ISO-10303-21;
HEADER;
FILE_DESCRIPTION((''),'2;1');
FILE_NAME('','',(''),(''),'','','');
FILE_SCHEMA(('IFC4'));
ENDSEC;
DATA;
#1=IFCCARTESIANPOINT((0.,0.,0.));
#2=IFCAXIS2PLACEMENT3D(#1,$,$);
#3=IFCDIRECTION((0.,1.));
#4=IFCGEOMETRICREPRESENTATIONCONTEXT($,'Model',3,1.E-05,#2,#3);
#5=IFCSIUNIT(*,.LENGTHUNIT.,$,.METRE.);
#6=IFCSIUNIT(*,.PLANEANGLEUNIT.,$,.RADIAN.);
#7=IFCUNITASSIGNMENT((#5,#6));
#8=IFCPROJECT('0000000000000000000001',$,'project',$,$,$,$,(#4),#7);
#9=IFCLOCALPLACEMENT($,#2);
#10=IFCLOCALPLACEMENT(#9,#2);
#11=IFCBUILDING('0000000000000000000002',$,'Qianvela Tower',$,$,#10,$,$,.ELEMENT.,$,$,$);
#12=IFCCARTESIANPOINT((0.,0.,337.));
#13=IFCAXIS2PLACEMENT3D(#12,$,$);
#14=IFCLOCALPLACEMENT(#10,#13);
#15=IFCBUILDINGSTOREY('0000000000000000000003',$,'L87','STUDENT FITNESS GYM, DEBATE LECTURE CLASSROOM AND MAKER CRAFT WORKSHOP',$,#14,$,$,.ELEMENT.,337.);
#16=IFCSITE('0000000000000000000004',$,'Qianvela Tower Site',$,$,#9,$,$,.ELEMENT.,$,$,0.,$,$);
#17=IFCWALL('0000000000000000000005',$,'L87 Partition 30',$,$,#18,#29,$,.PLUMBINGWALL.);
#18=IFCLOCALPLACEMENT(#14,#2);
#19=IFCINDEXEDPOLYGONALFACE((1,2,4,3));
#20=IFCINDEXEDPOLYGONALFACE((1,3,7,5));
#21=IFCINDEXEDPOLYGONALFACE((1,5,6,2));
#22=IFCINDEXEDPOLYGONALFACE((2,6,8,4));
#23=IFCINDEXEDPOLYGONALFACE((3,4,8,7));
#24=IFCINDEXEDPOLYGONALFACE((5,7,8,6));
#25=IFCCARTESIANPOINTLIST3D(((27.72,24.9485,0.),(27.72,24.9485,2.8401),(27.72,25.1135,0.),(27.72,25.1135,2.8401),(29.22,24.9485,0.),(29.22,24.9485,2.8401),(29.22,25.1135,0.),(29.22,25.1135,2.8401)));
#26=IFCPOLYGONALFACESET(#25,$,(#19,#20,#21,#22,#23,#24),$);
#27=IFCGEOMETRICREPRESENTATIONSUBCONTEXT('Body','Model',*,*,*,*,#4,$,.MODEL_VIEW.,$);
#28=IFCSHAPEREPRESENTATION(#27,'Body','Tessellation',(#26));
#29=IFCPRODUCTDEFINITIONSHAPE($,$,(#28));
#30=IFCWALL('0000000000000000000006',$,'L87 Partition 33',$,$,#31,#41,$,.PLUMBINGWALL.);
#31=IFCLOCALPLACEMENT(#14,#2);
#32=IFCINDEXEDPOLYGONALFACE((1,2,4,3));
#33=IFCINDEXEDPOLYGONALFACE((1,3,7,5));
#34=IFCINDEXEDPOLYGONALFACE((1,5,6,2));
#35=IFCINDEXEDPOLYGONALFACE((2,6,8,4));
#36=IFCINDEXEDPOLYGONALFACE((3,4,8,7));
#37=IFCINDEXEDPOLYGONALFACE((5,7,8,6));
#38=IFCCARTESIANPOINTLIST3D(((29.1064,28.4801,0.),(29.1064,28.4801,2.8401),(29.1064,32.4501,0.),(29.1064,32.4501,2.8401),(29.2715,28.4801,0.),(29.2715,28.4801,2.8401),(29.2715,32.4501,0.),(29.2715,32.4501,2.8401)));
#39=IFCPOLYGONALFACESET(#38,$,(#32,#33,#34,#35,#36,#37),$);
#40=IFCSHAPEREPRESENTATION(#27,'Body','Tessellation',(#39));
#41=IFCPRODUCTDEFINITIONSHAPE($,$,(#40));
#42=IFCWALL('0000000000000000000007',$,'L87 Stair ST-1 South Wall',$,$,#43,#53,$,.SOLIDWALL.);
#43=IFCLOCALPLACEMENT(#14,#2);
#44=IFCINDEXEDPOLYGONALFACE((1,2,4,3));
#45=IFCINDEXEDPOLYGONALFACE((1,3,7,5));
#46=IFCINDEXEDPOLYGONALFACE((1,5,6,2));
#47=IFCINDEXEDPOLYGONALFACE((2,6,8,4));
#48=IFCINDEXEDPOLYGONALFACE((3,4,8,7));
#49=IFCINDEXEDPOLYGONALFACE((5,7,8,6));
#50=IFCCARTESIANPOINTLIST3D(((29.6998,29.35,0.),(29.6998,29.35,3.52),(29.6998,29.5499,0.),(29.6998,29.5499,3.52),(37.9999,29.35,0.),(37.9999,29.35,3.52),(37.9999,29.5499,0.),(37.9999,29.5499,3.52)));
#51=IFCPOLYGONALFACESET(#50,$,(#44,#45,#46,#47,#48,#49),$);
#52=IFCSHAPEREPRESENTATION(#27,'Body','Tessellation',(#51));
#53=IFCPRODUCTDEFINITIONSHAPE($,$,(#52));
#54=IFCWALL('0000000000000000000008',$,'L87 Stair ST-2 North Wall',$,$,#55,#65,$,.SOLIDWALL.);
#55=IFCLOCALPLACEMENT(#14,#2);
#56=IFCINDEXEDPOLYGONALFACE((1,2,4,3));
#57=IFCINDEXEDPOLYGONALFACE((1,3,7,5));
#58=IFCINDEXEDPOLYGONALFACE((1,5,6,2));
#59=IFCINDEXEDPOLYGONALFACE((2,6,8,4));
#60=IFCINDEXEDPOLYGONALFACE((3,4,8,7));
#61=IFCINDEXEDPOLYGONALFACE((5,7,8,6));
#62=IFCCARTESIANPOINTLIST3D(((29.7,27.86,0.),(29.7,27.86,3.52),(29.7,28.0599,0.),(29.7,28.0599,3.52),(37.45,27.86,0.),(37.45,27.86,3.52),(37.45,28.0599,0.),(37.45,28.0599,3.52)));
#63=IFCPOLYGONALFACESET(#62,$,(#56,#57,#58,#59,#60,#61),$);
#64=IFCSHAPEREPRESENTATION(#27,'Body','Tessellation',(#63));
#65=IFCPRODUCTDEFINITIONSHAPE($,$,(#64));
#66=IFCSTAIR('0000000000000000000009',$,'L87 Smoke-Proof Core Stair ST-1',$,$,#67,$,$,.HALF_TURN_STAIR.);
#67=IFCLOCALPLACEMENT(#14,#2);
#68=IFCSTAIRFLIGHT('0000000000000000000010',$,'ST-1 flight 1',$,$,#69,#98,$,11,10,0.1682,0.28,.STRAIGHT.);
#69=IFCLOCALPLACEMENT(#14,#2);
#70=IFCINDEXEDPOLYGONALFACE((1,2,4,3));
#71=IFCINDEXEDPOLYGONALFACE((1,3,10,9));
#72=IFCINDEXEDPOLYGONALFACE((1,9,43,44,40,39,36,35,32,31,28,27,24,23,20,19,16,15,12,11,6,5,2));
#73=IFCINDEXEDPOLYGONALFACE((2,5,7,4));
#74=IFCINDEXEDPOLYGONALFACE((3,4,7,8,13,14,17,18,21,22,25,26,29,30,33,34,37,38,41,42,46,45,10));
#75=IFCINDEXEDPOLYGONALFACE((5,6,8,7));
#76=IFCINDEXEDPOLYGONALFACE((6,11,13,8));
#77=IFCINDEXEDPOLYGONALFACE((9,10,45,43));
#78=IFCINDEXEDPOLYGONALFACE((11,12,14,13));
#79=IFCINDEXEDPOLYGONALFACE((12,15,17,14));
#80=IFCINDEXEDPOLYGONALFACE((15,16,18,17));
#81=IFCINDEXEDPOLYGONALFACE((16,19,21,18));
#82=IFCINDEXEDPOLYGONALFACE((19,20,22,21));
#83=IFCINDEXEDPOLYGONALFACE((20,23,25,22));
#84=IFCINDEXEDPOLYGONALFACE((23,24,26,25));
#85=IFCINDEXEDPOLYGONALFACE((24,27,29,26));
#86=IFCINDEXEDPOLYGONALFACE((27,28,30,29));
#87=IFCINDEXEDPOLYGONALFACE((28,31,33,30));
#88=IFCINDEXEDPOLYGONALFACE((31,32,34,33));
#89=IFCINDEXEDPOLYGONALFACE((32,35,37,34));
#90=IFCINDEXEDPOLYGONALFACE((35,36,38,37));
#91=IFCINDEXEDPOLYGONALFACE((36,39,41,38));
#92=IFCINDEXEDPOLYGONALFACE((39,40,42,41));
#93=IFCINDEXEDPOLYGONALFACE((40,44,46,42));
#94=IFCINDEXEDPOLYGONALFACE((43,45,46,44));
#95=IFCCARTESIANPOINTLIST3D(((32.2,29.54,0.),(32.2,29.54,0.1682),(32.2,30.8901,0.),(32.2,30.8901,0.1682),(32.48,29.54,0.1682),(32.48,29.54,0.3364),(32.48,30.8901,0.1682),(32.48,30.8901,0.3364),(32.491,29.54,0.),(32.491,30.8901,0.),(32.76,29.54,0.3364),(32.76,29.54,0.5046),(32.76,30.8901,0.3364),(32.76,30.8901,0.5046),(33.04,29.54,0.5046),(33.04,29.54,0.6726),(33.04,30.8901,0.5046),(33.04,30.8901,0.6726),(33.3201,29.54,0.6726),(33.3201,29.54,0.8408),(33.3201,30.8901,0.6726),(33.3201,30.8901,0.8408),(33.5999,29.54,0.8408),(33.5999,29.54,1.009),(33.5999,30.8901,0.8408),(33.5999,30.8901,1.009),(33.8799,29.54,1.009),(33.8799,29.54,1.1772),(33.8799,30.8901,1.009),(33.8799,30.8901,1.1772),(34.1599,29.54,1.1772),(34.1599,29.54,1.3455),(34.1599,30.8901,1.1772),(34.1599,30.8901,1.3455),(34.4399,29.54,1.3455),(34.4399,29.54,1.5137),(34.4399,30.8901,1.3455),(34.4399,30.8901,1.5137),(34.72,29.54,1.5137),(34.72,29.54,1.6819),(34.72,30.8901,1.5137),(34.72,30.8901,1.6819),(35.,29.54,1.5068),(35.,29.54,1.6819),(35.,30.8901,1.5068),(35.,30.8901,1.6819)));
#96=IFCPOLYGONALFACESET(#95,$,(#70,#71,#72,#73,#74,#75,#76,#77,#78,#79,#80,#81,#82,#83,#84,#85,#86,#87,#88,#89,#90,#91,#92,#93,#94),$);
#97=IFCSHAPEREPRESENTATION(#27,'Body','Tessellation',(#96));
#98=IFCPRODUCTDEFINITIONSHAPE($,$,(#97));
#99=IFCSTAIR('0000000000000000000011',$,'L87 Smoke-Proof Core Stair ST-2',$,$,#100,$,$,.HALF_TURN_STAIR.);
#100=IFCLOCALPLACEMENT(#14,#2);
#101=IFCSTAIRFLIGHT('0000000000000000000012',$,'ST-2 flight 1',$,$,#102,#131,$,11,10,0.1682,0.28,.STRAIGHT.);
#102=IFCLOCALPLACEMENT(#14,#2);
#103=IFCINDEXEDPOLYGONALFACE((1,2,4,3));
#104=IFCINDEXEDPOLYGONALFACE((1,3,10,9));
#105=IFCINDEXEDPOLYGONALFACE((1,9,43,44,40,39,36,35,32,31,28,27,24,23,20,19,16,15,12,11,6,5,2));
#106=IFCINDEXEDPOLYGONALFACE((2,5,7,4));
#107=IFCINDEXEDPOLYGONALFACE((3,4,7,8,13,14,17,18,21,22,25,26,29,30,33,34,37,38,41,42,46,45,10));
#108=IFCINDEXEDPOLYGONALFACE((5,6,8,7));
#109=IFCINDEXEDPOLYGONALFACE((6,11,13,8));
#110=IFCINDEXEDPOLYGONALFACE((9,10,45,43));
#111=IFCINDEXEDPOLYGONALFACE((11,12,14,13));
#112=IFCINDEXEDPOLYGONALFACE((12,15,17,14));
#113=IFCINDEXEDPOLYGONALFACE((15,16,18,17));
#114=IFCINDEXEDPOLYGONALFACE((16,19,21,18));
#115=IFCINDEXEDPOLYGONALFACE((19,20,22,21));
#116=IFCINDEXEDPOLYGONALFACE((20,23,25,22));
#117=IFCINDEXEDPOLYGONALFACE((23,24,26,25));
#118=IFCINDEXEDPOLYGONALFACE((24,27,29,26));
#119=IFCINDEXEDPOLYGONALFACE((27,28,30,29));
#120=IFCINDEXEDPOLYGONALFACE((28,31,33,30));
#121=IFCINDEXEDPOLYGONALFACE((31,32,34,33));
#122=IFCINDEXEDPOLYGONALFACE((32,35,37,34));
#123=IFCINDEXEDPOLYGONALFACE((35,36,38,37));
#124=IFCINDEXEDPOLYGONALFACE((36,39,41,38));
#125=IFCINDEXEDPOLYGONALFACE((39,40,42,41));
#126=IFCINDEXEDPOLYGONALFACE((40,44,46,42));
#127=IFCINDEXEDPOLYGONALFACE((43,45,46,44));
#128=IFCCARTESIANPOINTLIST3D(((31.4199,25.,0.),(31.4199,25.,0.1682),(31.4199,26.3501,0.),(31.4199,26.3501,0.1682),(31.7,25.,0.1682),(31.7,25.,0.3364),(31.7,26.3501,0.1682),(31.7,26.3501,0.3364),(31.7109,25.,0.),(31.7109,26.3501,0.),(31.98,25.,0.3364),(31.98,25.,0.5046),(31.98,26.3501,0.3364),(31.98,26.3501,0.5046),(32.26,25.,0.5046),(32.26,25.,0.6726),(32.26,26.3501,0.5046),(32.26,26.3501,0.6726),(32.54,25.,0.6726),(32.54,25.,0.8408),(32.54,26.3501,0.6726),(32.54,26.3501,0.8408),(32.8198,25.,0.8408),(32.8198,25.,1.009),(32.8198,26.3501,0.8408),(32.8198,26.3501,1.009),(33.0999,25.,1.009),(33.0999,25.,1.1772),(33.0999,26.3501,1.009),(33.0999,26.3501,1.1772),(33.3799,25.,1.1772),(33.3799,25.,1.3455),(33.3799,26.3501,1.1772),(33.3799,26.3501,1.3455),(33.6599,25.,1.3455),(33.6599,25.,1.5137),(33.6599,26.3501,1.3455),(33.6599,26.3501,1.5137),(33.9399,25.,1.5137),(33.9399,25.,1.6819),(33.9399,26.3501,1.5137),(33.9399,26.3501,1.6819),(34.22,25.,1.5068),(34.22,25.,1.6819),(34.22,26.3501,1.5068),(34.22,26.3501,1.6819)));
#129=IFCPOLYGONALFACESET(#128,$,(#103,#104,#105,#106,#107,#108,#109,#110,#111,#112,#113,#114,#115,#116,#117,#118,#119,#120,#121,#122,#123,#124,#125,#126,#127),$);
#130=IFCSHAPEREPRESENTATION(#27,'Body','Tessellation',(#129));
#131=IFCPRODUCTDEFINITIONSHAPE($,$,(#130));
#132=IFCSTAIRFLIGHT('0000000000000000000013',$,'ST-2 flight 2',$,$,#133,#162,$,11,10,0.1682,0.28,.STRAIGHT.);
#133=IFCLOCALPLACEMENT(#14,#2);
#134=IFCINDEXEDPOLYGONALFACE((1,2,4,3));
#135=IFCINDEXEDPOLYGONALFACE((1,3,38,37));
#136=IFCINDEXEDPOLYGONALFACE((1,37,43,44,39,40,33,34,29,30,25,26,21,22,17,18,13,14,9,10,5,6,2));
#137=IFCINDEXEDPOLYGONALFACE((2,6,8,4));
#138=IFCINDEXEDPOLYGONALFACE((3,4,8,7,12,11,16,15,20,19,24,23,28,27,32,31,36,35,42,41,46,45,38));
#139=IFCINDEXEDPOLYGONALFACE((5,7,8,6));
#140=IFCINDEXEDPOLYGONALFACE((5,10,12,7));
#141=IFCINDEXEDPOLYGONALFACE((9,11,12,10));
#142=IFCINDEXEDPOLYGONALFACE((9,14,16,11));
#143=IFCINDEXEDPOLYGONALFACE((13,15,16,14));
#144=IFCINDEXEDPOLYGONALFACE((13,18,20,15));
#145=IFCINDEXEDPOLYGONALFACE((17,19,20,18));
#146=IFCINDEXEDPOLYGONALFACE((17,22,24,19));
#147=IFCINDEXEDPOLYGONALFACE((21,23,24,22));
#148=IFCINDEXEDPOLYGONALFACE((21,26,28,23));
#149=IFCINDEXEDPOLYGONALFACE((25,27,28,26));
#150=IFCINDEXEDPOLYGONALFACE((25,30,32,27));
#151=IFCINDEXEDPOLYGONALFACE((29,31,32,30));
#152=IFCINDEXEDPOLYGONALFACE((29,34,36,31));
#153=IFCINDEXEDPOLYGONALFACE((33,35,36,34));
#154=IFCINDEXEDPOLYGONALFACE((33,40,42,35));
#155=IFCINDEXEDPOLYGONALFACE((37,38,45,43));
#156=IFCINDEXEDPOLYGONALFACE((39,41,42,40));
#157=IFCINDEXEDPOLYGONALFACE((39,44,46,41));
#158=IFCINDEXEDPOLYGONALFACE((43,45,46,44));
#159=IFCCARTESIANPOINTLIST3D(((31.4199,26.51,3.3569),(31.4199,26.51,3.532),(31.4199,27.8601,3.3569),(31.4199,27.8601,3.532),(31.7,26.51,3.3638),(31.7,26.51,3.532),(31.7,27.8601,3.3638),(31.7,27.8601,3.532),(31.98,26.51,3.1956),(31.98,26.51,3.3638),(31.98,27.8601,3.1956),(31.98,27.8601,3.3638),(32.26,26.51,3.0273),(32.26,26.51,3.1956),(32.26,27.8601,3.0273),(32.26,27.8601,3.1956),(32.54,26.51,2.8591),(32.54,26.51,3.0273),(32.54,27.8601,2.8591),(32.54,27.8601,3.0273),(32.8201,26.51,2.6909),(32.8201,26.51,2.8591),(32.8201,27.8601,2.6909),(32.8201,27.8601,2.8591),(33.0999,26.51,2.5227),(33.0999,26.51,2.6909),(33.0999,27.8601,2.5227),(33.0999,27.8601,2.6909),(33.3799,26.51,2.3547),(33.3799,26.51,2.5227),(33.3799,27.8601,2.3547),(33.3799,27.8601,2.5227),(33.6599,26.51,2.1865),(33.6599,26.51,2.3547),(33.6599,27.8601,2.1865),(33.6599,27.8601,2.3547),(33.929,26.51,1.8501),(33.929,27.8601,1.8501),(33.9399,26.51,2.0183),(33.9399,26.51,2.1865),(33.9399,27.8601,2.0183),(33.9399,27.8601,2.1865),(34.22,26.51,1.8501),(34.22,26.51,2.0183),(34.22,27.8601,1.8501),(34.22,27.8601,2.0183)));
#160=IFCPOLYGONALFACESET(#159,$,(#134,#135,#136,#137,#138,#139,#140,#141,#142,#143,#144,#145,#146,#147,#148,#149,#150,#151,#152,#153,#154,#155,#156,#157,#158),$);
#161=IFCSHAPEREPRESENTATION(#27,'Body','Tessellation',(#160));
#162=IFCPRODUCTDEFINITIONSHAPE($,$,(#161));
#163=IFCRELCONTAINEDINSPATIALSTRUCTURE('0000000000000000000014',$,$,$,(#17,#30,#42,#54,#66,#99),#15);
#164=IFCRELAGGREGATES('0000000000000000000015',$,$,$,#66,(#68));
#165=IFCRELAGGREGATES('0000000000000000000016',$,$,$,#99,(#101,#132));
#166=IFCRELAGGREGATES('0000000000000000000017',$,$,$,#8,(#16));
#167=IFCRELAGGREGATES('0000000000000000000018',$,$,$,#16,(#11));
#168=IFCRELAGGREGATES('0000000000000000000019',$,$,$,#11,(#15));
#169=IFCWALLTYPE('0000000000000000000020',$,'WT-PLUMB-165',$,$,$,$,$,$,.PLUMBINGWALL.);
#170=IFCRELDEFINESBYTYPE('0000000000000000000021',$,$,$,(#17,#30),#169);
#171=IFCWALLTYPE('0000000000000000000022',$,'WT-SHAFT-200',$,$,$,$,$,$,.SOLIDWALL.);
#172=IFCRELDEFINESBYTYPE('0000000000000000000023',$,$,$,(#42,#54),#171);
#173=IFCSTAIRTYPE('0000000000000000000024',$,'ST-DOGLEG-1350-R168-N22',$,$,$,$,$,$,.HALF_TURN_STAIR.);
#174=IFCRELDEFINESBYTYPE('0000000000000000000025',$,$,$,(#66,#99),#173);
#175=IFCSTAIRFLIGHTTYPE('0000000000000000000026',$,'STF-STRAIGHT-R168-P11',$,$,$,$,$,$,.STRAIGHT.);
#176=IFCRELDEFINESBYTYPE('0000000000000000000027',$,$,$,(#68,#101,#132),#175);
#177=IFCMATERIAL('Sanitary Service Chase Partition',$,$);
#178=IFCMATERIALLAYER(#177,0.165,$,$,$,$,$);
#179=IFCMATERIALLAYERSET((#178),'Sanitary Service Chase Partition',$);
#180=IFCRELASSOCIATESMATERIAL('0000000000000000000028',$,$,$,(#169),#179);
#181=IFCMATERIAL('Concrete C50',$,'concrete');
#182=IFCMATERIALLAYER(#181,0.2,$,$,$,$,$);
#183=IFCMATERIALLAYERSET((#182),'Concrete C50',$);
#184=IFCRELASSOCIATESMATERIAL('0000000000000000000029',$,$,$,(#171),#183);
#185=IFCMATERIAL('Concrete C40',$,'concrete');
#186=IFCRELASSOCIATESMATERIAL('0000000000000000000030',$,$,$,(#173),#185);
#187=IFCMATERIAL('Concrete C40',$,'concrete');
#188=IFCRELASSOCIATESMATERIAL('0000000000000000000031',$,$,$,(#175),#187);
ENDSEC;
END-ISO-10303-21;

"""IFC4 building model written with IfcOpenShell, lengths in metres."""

from ifc_helpers import new_model, si_unit, direction, frame, frame_2d, origin, place, context, subcontext, project, spatial, polyline, rectangle, outline, extrude, material, layer, layer_set, type_object, element, aggregate, save


model = new_model("IFC4")

# Units and contexts
model_context = context("Model", 3, precision=1e-05, world=origin(), true_north=direction((0.0, 1.0)))
body_context = subcontext(model_context, "Body", "Model", "MODEL_VIEW")
ifc_project = project(units=[si_unit("LENGTHUNIT", "METRE"), si_unit("PLANEANGLEUNIT", "RADIAN")], contexts=[model_context])

# Site, building, storey
site_placement = place(None, origin())
site = spatial("IfcSite", under=ifc_project, at=site_placement, Name="Qianvela Tower Site", CompositionType="ELEMENT", RefElevation=0.0)
building_placement = place(site_placement, origin())
building = spatial("IfcBuilding", under=site, at=building_placement, Name="Qianvela Tower", CompositionType="ELEMENT")
storey_placement = place(building_placement, frame((0.0, 0.0, 337.0)))
storey = spatial("IfcBuildingStorey", under=building, at=storey_placement, Name="L87", Description="STUDENT FITNESS GYM, DEBATE LECTURE CLASSROOM AND MAKER CRAFT WORKSHOP", CompositionType="ELEMENT", Elevation=337.0)

# Walls
ifc_material_1 = material(Name="Sanitary Service Chase Partition")
ifc_layer_1 = layer(ifc_material_1, 0.165)
ifc_layer_set_1 = layer_set([ifc_layer_1], Name="Sanitary Service Chase Partition")
wall_type_1 = type_object("IfcWallType", Name="WT-PLUMB-165", PredefinedType="PLUMBINGWALL", material=ifc_layer_set_1)
wall_1_placement = place(storey_placement, frame((29.22, 25.031, 0.0), z_axis=(0.0, 0.0, 1.0), x_axis=(-1.0, 0.0, 0.0)))
element("IfcWall", 1, at=wall_1_placement, inside=storey, type_object=wall_type_1, Name="L87 Partition 30", PredefinedType="PLUMBINGWALL", context=body_context, shape_type="SweptSolid", body=[
    extrude(rectangle(XDim=1.5, YDim=0.165, at=frame_2d((0.75, 0.0))), origin(), (0.0, 0.0, 1.0), 2.8401),
])
wall_2_placement = place(storey_placement, frame((29.189, 32.45, 0.0), z_axis=(0.0, 0.0, 1.0), x_axis=(0.0, -1.0, 0.0)))
element("IfcWall", 2, at=wall_2_placement, inside=storey, type_object=wall_type_1, Name="L87 Partition 33", PredefinedType="PLUMBINGWALL", context=body_context, shape_type="SweptSolid", body=[
    extrude(rectangle(XDim=3.97, YDim=0.165, at=frame_2d((1.9849, 0.0))), origin(), (0.0, 0.0, 1.0), 2.8401),
])
ifc_material_2 = material(Name="Concrete C50", Category="concrete")
ifc_layer_2 = layer(ifc_material_2, 0.2)
ifc_layer_set_2 = layer_set([ifc_layer_2], Name="Concrete C50")
wall_type_2 = type_object("IfcWallType", Name="WT-SHAFT-200", PredefinedType="SOLIDWALL", material=ifc_layer_set_2)
wall_3_placement = place(storey_placement, frame((29.7, 29.45, 0.0), z_axis=(0.0, 0.0, 1.0), x_axis=(1.0, 0.0, 0.0)))
element("IfcWall", 3, at=wall_3_placement, inside=storey, type_object=wall_type_2, Name="L87 Stair ST-1 South Wall", PredefinedType="SOLIDWALL", context=body_context, shape_type="SweptSolid", body=[
    extrude(rectangle(XDim=8.3, YDim=0.2, at=frame_2d((4.1499, 0.0))), origin(), (0.0, 0.0, 1.0), 3.52),
])
wall_4_placement = place(storey_placement, frame((29.7, 27.96, 0.0), z_axis=(0.0, 0.0, 1.0), x_axis=(1.0, 0.0, 0.0)))
element("IfcWall", 4, at=wall_4_placement, inside=storey, type_object=wall_type_2, Name="L87 Stair ST-2 North Wall", PredefinedType="SOLIDWALL", context=body_context, shape_type="SweptSolid", body=[
    extrude(rectangle(XDim=7.75, YDim=0.2, at=frame_2d((3.875, 0.0))), origin(), (0.0, 0.0, 1.0), 3.52),
])

# Stair, stair flight
ifc_material_3 = material(Name="Concrete C40", Category="concrete")
stair_type = type_object("IfcStairType", Name="ST-DOGLEG-1350-R168-N22", PredefinedType="HALF_TURN_STAIR", material=ifc_material_3)
stair_1_placement = place(storey_placement, origin())
stair_1 = element("IfcStair", 5, at=stair_1_placement, inside=storey, type_object=stair_type, Name="L87 Smoke-Proof Core Stair ST-1", PredefinedType="HALF_TURN_STAIR")
ifc_material_4 = material(Name="Concrete C40", Category="concrete")
stair_flight_type = type_object("IfcStairFlightType", Name="STF-STRAIGHT-R168-P11", PredefinedType="STRAIGHT", material=ifc_material_4)
stair_flight_1_placement = place(storey_placement, frame((32.2, 30.2151, 0.0), z_axis=(0.0, 0.0, 1.0), x_axis=(1.0, 0.0, 0.0)))
stair_flight_1 = element("IfcStairFlight", 6, at=stair_flight_1_placement, type_object=stair_flight_type, Name="ST-1 flight 1", NumberOfRisers=11, NumberOfTreads=10, PredefinedType="STRAIGHT", RiserHeight=0.1682, TreadLength=0.28, context=body_context, shape_type="SweptSolid", body=[
    extrude(outline(polyline([(0.0, 0.0), (0.0, 0.1682), (0.28, 0.1682), (0.28, 0.3364), (0.5601, 0.3364), (0.5601, 0.5046), (0.8401, 0.5046), (0.8401, 0.6726), (1.1201, 0.6726), (1.1201, 0.8408), (1.3999, 0.8408), (1.3999, 1.009), (1.6799, 1.009), (1.6799, 1.1772), (1.96, 1.1772), (1.96, 1.3455), (2.24, 1.3455), (2.24, 1.5137), (2.52, 1.5137), (2.52, 1.6819), (2.8, 1.6819), (2.8, 1.8501), (2.8, 1.5068), (0.291, 0.0), (0.0, 0.0)])), frame((0.0, 0.675, 0.0), z_axis=(0.0, -1.0, 0.0), x_axis=(1.0, 0.0, 0.0)), (0.0, 0.0, 1.0), 1.3501),
])
aggregate(stair_1, [stair_flight_1])

# Stair, stair flights
stair_2_placement = place(storey_placement, origin())
stair_2 = element("IfcStair", 7, at=stair_2_placement, inside=storey, type_object=stair_type, Name="L87 Smoke-Proof Core Stair ST-2", PredefinedType="HALF_TURN_STAIR")
stair_flight_2_placement = place(storey_placement, frame((31.4199, 25.675, 0.0), z_axis=(0.0, 0.0, 1.0), x_axis=(1.0, 0.0, 0.0)))
stair_flight_2 = element("IfcStairFlight", 8, at=stair_flight_2_placement, type_object=stair_flight_type, Name="ST-2 flight 1", NumberOfRisers=11, NumberOfTreads=10, PredefinedType="STRAIGHT", RiserHeight=0.1682, TreadLength=0.28, context=body_context, shape_type="SweptSolid", body=[
    extrude(outline(polyline([(0.0, 0.0), (0.0, 0.1682), (0.28, 0.1682), (0.28, 0.3364), (0.5601, 0.3364), (0.5601, 0.5046), (0.8401, 0.5046), (0.8401, 0.6726), (1.1201, 0.6726), (1.1201, 0.8408), (1.3999, 0.8408), (1.3999, 1.009), (1.6799, 1.009), (1.6799, 1.1772), (1.96, 1.1772), (1.96, 1.3455), (2.24, 1.3455), (2.24, 1.5137), (2.52, 1.5137), (2.52, 1.6819), (2.8, 1.6819), (2.8, 1.8501), (2.8, 1.5068), (0.291, 0.0), (0.0, 0.0)])), frame((0.0, 0.675, 0.0), z_axis=(0.0, -1.0, 0.0), x_axis=(1.0, 0.0, 0.0)), (0.0, 0.0, 1.0), 1.3501),
])
stair_flight_3_placement = place(storey_placement, frame((34.22, 27.1851, 1.8501), z_axis=(0.0, 0.0, 1.0), x_axis=(-1.0, 0.0, 0.0)))
stair_flight_3 = element("IfcStairFlight", 9, at=stair_flight_3_placement, type_object=stair_flight_type, Name="ST-2 flight 2", NumberOfRisers=11, NumberOfTreads=10, PredefinedType="STRAIGHT", RiserHeight=0.1682, TreadLength=0.28, context=body_context, shape_type="SweptSolid", body=[
    extrude(outline(polyline([(0.0, 0.0), (0.0, 0.1682), (0.28, 0.1682), (0.28, 0.3364), (0.5601, 0.3364), (0.5601, 0.5046), (0.8401, 0.5046), (0.8401, 0.6726), (1.1201, 0.6726), (1.1201, 0.8408), (1.3999, 0.8408), (1.3999, 1.009), (1.6799, 1.009), (1.6799, 1.1772), (1.96, 1.1772), (1.96, 1.3455), (2.24, 1.3455), (2.24, 1.5137), (2.52, 1.5137), (2.52, 1.6819), (2.8, 1.6819), (2.8, 1.8501), (2.8, 1.5068), (0.291, 0.0), (0.0, 0.0)])), frame((0.0, 0.675, 0.0), z_axis=(0.0, -1.0, 0.0), x_axis=(1.0, 0.0, 0.0)), (0.0, 0.0, 1.0), 1.3501),
])
aggregate(stair_2, [stair_flight_2, stair_flight_3])

save(model, "model.ifc")
